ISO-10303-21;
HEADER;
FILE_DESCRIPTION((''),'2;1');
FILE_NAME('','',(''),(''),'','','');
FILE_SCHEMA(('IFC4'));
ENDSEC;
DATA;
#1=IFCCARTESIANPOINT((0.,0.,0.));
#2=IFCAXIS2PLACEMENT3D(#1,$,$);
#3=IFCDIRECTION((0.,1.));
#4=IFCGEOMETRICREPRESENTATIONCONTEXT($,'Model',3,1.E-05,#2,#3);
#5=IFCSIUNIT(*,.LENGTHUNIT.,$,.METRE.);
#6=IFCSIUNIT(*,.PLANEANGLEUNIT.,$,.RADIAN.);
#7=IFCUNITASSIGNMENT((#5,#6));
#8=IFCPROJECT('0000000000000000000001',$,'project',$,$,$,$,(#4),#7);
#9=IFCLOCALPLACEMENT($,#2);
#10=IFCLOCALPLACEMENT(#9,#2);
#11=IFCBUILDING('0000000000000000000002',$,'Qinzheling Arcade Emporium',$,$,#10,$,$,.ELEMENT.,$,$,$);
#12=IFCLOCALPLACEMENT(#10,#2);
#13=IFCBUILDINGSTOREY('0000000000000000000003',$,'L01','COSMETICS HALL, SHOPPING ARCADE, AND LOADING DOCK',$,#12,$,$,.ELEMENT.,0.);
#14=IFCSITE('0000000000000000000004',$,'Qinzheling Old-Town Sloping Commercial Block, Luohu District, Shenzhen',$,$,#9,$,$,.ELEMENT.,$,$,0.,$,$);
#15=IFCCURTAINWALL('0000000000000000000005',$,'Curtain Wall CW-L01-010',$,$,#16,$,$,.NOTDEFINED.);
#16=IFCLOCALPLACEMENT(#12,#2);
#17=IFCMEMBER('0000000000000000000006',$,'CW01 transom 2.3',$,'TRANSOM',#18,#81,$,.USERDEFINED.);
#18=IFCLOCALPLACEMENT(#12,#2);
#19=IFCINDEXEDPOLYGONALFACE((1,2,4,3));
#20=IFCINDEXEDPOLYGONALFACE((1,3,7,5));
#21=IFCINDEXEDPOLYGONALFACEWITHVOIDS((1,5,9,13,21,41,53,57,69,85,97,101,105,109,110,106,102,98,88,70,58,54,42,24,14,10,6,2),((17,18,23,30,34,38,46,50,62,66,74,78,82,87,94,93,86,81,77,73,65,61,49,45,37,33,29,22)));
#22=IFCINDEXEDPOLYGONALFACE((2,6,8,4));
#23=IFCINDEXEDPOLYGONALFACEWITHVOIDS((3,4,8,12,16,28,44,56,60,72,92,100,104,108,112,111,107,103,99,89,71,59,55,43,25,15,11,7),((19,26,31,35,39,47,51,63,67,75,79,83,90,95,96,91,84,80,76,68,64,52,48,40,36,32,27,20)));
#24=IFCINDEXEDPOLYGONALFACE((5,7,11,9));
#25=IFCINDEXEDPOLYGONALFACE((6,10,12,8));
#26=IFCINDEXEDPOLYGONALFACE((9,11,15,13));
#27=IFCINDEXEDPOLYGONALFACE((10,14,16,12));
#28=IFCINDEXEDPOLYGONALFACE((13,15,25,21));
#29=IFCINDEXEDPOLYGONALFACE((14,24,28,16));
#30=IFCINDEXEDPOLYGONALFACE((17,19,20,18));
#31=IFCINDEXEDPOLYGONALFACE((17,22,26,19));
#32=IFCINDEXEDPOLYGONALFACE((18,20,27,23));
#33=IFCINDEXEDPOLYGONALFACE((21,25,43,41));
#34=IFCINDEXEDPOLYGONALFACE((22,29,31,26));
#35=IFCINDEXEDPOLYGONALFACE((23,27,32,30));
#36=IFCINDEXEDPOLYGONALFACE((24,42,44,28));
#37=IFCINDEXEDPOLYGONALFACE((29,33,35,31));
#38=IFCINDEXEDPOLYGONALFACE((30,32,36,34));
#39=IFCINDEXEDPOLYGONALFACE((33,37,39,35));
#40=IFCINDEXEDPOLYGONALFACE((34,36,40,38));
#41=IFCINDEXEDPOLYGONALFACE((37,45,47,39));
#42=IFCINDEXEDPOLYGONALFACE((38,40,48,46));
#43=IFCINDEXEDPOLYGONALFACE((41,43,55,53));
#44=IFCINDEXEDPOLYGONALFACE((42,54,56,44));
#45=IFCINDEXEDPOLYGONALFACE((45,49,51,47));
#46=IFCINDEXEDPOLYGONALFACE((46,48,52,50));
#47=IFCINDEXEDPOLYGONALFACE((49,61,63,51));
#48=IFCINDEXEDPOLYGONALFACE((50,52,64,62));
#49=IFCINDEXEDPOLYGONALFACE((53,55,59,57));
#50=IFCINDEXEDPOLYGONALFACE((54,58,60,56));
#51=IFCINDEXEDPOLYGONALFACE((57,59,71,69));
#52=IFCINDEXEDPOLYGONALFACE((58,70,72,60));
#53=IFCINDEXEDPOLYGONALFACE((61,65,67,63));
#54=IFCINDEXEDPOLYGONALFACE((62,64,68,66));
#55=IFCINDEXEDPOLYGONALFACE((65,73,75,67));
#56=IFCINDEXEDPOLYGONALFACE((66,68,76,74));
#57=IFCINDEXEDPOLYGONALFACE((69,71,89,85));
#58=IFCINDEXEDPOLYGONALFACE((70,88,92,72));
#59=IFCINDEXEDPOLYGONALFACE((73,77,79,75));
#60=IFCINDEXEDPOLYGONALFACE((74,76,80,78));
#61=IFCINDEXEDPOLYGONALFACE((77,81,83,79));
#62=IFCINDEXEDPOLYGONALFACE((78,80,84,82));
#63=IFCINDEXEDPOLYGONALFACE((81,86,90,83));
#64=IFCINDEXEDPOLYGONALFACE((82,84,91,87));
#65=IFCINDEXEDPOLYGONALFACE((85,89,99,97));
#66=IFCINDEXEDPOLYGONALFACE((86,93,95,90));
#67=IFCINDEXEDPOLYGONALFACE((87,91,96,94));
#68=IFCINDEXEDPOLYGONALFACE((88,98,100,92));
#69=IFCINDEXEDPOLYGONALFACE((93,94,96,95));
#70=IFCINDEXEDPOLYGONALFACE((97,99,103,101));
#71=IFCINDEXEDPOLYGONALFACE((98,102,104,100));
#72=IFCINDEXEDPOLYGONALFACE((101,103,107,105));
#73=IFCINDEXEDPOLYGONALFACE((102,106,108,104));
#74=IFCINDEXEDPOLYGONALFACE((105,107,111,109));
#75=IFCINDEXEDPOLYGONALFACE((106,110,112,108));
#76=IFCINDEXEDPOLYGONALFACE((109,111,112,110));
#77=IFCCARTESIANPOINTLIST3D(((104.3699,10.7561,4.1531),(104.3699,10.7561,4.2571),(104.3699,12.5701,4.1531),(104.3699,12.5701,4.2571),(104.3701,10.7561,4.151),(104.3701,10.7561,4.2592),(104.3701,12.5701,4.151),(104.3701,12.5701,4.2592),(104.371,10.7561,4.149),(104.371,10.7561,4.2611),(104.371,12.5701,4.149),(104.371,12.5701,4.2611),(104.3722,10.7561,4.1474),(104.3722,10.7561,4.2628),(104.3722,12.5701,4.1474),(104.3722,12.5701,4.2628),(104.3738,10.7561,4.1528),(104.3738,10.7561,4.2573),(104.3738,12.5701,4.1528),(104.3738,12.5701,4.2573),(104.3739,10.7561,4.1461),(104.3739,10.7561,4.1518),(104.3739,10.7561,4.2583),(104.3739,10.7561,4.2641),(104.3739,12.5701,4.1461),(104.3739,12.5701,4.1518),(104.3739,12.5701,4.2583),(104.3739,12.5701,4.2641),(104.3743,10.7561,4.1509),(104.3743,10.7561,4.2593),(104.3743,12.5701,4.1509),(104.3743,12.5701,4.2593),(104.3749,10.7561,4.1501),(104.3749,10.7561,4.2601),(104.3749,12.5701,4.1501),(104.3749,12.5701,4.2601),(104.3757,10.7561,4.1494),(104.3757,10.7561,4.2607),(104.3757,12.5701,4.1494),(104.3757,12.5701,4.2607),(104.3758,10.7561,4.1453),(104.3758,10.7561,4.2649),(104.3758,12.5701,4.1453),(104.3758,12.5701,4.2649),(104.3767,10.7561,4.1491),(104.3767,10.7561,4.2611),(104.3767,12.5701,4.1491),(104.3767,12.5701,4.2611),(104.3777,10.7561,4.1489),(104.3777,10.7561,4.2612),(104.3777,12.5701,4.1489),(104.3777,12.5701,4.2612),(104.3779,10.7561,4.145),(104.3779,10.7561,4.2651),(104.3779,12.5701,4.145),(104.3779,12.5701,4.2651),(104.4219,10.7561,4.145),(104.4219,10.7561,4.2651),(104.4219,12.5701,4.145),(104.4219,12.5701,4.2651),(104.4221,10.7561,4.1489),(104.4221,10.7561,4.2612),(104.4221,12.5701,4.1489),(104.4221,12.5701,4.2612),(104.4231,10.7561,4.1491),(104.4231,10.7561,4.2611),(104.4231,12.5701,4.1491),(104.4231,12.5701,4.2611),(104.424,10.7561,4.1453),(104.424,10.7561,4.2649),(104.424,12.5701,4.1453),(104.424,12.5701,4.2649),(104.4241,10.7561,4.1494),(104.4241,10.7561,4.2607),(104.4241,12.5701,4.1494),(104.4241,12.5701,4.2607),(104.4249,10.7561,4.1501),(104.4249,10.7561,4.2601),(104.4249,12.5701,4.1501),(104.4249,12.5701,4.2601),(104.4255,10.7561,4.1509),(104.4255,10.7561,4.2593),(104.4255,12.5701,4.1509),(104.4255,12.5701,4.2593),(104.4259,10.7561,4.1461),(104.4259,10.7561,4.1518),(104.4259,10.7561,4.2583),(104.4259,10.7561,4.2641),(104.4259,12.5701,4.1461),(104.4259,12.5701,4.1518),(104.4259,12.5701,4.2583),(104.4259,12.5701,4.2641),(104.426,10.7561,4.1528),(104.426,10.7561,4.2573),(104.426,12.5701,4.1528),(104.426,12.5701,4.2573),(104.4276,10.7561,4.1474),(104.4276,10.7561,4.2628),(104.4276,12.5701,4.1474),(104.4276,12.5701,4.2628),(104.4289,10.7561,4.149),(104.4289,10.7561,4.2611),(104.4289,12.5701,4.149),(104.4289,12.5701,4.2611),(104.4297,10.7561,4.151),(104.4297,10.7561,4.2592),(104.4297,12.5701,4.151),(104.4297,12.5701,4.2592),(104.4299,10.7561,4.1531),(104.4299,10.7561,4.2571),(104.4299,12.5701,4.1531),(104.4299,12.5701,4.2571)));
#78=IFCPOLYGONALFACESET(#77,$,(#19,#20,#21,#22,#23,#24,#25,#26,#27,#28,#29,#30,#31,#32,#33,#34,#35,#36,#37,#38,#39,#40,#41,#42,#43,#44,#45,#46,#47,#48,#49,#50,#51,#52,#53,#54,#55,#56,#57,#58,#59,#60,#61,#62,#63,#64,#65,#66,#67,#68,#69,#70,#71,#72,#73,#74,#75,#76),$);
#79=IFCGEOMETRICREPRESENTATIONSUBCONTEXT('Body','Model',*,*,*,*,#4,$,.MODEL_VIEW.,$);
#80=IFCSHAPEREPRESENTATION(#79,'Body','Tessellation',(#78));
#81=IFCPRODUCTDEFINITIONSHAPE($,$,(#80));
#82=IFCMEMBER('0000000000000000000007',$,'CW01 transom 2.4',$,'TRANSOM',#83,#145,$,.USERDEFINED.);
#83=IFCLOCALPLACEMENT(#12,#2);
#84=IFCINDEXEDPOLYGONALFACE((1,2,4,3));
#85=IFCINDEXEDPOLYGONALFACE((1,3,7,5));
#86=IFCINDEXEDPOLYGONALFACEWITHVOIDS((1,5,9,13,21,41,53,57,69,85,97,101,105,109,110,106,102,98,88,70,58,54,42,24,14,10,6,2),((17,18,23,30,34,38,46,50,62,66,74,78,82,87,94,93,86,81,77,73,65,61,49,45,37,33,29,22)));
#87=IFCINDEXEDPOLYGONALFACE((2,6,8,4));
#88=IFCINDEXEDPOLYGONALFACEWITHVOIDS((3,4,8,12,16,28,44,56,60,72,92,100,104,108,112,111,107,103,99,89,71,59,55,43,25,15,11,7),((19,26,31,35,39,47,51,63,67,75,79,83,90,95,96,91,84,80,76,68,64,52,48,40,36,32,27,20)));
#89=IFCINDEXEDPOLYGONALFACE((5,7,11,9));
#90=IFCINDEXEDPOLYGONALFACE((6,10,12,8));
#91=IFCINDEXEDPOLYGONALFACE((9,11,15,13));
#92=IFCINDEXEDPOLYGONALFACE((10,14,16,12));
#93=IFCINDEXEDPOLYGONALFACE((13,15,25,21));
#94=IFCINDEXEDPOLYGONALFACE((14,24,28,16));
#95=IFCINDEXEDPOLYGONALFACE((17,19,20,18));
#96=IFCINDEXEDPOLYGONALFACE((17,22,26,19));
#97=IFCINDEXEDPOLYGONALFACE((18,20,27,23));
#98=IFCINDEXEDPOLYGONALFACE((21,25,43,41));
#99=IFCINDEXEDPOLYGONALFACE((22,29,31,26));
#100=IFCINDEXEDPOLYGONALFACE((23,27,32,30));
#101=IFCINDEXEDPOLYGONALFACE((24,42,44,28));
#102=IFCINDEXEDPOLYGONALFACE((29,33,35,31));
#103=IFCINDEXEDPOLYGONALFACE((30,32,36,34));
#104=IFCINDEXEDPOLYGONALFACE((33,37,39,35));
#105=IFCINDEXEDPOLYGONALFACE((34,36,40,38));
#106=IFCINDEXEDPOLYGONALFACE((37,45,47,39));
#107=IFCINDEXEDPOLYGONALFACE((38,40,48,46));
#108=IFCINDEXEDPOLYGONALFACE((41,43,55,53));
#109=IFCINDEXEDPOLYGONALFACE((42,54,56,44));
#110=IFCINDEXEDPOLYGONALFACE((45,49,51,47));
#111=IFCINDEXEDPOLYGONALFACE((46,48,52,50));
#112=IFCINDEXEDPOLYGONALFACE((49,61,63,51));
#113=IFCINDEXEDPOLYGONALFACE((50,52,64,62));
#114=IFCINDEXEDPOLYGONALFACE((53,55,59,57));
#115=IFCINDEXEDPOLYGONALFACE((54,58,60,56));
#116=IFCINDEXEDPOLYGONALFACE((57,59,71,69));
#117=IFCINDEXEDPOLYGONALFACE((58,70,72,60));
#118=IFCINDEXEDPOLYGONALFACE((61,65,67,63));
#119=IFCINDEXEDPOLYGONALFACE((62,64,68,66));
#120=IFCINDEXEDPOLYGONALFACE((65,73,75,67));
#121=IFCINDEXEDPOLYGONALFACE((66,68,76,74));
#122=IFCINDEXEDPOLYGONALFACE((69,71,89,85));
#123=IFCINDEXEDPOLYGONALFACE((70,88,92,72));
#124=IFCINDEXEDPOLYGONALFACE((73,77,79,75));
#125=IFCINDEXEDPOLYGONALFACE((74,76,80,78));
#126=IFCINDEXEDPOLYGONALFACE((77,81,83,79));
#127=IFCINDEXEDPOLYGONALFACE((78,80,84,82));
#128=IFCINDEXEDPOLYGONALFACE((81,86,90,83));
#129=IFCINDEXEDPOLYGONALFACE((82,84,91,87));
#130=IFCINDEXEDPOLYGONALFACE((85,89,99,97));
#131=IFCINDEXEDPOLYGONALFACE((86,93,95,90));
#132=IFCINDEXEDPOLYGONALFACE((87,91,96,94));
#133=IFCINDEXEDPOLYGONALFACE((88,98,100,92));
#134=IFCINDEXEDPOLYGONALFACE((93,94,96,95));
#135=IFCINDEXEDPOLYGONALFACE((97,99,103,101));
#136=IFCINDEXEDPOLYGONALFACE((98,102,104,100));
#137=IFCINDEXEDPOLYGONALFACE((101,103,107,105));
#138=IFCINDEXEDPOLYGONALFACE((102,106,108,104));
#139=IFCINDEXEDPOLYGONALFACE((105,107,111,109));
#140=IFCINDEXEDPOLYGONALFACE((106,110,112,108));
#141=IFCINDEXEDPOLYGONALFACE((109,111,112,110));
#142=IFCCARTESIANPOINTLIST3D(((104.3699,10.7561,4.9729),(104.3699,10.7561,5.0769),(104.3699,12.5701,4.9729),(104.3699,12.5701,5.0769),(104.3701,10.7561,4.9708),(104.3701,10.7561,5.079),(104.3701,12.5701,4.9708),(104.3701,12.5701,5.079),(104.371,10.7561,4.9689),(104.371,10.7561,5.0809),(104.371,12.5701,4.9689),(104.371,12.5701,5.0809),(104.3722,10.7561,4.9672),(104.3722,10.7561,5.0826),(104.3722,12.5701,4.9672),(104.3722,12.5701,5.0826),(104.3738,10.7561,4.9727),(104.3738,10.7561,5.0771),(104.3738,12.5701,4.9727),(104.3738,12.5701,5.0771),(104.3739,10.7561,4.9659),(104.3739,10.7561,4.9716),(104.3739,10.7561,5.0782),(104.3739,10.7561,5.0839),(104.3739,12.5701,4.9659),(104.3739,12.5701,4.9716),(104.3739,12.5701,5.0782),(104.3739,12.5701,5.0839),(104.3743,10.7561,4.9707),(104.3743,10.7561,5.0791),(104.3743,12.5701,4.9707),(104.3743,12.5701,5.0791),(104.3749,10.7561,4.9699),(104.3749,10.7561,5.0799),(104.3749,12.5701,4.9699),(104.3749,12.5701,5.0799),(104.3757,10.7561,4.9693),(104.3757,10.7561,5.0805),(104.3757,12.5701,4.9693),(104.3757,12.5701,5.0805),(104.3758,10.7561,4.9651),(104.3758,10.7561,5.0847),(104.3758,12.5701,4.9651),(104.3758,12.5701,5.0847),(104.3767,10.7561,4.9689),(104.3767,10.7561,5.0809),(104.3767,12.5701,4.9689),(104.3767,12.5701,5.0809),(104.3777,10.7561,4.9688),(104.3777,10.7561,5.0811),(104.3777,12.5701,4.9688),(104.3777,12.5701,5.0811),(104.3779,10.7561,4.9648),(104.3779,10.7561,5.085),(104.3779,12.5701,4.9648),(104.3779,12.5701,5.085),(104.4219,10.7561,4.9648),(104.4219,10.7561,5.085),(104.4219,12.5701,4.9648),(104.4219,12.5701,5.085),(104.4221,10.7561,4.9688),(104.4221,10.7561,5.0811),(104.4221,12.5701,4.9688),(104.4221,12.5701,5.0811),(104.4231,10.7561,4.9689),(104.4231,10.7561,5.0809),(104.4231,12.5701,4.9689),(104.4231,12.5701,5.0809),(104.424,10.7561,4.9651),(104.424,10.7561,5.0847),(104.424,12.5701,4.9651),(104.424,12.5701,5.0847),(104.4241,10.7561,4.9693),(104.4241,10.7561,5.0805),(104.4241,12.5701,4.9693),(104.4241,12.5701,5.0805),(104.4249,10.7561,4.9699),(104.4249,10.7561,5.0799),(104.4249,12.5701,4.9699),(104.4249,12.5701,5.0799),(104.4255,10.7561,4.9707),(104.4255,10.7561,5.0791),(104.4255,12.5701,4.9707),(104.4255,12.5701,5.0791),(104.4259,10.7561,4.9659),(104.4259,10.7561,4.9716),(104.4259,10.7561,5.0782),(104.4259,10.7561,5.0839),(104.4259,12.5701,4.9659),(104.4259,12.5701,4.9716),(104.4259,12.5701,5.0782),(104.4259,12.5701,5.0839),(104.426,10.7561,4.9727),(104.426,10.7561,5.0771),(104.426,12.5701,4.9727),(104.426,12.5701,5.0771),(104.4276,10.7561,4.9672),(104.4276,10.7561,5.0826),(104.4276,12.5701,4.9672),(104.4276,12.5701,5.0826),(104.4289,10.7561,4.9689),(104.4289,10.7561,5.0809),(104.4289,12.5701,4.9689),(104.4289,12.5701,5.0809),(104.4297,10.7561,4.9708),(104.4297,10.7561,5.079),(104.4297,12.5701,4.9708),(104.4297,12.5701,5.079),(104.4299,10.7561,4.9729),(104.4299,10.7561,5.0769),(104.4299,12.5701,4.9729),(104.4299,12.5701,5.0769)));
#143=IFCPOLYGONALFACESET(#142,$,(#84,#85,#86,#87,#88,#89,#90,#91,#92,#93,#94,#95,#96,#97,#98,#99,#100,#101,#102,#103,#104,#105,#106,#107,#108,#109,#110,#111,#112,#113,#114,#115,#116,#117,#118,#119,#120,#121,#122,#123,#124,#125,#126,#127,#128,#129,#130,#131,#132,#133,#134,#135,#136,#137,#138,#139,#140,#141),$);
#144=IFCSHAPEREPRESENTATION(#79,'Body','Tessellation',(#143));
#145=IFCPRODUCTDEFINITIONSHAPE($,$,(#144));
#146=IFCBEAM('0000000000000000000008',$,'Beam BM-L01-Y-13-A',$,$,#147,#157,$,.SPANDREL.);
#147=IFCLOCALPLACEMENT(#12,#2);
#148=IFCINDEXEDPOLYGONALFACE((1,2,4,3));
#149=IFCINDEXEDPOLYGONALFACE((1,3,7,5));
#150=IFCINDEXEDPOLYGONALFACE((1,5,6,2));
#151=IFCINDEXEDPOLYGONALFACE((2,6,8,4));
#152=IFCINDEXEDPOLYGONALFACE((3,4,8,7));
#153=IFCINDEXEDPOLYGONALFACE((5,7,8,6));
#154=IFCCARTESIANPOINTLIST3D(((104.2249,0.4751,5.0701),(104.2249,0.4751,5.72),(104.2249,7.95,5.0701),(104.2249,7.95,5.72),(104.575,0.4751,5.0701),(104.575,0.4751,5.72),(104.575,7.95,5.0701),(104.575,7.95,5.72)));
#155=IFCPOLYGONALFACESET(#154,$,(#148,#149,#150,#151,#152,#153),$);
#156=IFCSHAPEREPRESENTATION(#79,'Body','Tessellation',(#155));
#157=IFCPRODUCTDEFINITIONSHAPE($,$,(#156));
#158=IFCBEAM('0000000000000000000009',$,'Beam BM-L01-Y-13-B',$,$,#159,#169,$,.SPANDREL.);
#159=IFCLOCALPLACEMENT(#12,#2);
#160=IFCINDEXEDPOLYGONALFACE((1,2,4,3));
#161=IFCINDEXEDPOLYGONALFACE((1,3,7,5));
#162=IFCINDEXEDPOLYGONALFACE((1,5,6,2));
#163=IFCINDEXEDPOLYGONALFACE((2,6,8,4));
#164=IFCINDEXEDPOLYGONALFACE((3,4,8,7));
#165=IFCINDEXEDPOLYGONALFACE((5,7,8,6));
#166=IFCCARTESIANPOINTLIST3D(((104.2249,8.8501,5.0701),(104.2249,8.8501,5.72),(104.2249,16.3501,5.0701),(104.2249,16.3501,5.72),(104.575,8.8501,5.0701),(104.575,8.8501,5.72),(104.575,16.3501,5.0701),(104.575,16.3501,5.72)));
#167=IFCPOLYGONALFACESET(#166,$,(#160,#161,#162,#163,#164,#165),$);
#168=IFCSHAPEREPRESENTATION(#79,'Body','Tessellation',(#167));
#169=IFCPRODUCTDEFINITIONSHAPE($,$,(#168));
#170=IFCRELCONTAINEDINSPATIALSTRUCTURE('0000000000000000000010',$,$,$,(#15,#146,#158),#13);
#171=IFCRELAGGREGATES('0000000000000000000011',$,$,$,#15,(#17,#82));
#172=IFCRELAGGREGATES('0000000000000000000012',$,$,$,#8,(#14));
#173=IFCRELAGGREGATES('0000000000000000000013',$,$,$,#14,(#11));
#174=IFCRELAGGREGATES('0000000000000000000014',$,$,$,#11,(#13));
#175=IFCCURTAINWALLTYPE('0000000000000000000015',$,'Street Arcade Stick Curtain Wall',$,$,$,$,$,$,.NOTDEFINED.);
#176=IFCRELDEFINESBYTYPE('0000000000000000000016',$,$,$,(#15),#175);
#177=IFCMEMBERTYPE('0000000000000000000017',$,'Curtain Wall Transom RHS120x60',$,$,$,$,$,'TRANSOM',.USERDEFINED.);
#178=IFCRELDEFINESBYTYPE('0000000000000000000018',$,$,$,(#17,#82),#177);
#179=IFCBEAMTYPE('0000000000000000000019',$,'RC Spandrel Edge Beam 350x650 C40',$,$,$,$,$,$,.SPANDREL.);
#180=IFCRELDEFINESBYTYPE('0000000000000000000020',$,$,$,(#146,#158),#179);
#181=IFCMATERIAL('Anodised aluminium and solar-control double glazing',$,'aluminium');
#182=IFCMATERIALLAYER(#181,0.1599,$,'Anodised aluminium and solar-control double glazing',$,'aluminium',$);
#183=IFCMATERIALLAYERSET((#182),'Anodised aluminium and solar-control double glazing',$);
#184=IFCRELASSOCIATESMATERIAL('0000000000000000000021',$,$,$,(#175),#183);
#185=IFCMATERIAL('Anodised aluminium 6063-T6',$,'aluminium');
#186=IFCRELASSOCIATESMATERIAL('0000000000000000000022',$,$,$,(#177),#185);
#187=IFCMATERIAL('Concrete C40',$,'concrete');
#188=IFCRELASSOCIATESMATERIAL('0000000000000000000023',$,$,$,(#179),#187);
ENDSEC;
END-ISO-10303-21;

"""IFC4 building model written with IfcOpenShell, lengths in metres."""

from ifc_helpers import new_model, si_unit, direction, frame, origin, origin_2d, place, context, subcontext, project, spatial, rectangle, hollow_rectangle, extrude, material, layer, layer_set, material_profile, profile_set, type_object, element, aggregate, save


model = new_model("IFC4")

# Units and contexts
model_context = context("Model", 3, precision=1e-05, world=origin(), true_north=direction((0.0, 1.0)))
body_context = subcontext(model_context, "Body", "Model", "MODEL_VIEW")
ifc_project = project(units=[si_unit("LENGTHUNIT", "METRE"), si_unit("PLANEANGLEUNIT", "RADIAN")], contexts=[model_context])

# Site, building, storey
site_placement = place(None, origin())
site = spatial("IfcSite", under=ifc_project, at=site_placement, Name="Qinzheling Old-Town Sloping Commercial Block, Luohu District, Shenzhen", CompositionType="ELEMENT", RefElevation=0.0)
building_placement = place(site_placement, origin())
building = spatial("IfcBuilding", under=site, at=building_placement, Name="Qinzheling Arcade Emporium", CompositionType="ELEMENT")
storey_placement = place(building_placement, origin())
storey = spatial("IfcBuildingStorey", under=building, at=storey_placement, Name="L01", Description="COSMETICS HALL, SHOPPING ARCADE, AND LOADING DOCK", CompositionType="ELEMENT", Elevation=0.0)

# Curtain wall, members
ifc_material_1 = material(Name="Anodised aluminium and solar-control double glazing", Category="aluminium")
ifc_layer_1 = layer(ifc_material_1, 0.1599, Name="Anodised aluminium and solar-control double glazing", Category="aluminium")
ifc_layer_set_1 = layer_set([ifc_layer_1], Name="Anodised aluminium and solar-control double glazing")
curtain_wall_type = type_object("IfcCurtainWallType", Name="Street Arcade Stick Curtain Wall", PredefinedType="NOTDEFINED", material=ifc_layer_set_1)
curtain_wall_placement = place(storey_placement, origin())
curtain_wall = element("IfcCurtainWall", 1, at=curtain_wall_placement, inside=storey, type_object=curtain_wall_type, Name="Curtain Wall CW-L01-010", PredefinedType="NOTDEFINED")
ifc_material_2 = material(Name="Anodised aluminium 6063-T6", Category="aluminium")
ifc_material_profile_1 = material_profile(ifc_material_2, hollow_rectangle(XDim=0.0601, YDim=0.1201, WallThickness=0.0039, InnerFilletRadius=0.0039, OuterFilletRadius=0.0081, at=origin_2d()), Name="RHS 120x60x4", Category="aluminium")
ifc_profile_set_1 = profile_set([ifc_material_profile_1], Name="Anodised aluminium 6063-T6")
member_type_1 = type_object("IfcMemberType", Name="Curtain Wall Transom RHS120x60", ElementType="TRANSOM", PredefinedType="USERDEFINED", material=ifc_profile_set_1)
member_1_placement = place(storey_placement, frame((104.3999, 10.7561, 4.2051), z_axis=(0.0, 1.0, 0.0), x_axis=(-1.0, 0.0, 0.0)))
member_1 = element("IfcMember", 2, at=member_1_placement, type_object=member_type_1, Name="CW01 transom 2.3", ObjectType="TRANSOM", PredefinedType="USERDEFINED", context=body_context, shape_type="SweptSolid", body=[
    extrude(hollow_rectangle(XDim=0.0601, YDim=0.1201, WallThickness=0.0039, InnerFilletRadius=0.0039, OuterFilletRadius=0.0081, at=origin_2d()), origin(), (0.0, 0.0, 1.0), 1.814),
])
member_2_placement = place(storey_placement, frame((104.3999, 10.7561, 5.0249), z_axis=(0.0, 1.0, 0.0), x_axis=(-1.0, 0.0, 0.0)))
member_2 = element("IfcMember", 3, at=member_2_placement, type_object=member_type_1, Name="CW01 transom 2.4", ObjectType="TRANSOM", PredefinedType="USERDEFINED", context=body_context, shape_type="SweptSolid", body=[
    extrude(hollow_rectangle(XDim=0.0601, YDim=0.1201, WallThickness=0.0039, InnerFilletRadius=0.0039, OuterFilletRadius=0.0081, at=origin_2d()), origin(), (0.0, 0.0, 1.0), 1.814),
])

# Beams
ifc_material_3 = material(Name="Concrete C40", Category="concrete")
ifc_material_profile_2 = material_profile(ifc_material_3, rectangle(XDim=0.3501, YDim=0.6499, at=origin_2d()), Name="RC 350x650", Category="concrete")
ifc_profile_set_2 = profile_set([ifc_material_profile_2], Name="Concrete C40")
beam_type_1 = type_object("IfcBeamType", Name="RC Spandrel Edge Beam 350x650 C40", PredefinedType="SPANDREL", material=ifc_profile_set_2)
beam_1_placement = place(storey_placement, frame((104.3999, 0.4751, 5.395), z_axis=(0.0, 1.0, 0.0), x_axis=(-1.0, 0.0, 0.0)))
element("IfcBeam", 4, at=beam_1_placement, inside=storey, type_object=beam_type_1, Name="Beam BM-L01-Y-13-A", PredefinedType="SPANDREL", context=body_context, shape_type="SweptSolid", body=[
    extrude(rectangle(XDim=0.3501, YDim=0.6499, at=origin_2d()), origin(), (0.0, 0.0, 1.0), 7.4749),
])
beam_2_placement = place(storey_placement, frame((104.3999, 8.8501, 5.395), z_axis=(0.0, 1.0, 0.0), x_axis=(-1.0, 0.0, 0.0)))
element("IfcBeam", 5, at=beam_2_placement, inside=storey, type_object=beam_type_1, Name="Beam BM-L01-Y-13-B", PredefinedType="SPANDREL", context=body_context, shape_type="SweptSolid", body=[
    extrude(rectangle(XDim=0.3501, YDim=0.6499, at=origin_2d()), origin(), (0.0, 0.0, 1.0), 7.5),
])

aggregate(curtain_wall, [member_1, member_2])

save(model, "model.ifc")
